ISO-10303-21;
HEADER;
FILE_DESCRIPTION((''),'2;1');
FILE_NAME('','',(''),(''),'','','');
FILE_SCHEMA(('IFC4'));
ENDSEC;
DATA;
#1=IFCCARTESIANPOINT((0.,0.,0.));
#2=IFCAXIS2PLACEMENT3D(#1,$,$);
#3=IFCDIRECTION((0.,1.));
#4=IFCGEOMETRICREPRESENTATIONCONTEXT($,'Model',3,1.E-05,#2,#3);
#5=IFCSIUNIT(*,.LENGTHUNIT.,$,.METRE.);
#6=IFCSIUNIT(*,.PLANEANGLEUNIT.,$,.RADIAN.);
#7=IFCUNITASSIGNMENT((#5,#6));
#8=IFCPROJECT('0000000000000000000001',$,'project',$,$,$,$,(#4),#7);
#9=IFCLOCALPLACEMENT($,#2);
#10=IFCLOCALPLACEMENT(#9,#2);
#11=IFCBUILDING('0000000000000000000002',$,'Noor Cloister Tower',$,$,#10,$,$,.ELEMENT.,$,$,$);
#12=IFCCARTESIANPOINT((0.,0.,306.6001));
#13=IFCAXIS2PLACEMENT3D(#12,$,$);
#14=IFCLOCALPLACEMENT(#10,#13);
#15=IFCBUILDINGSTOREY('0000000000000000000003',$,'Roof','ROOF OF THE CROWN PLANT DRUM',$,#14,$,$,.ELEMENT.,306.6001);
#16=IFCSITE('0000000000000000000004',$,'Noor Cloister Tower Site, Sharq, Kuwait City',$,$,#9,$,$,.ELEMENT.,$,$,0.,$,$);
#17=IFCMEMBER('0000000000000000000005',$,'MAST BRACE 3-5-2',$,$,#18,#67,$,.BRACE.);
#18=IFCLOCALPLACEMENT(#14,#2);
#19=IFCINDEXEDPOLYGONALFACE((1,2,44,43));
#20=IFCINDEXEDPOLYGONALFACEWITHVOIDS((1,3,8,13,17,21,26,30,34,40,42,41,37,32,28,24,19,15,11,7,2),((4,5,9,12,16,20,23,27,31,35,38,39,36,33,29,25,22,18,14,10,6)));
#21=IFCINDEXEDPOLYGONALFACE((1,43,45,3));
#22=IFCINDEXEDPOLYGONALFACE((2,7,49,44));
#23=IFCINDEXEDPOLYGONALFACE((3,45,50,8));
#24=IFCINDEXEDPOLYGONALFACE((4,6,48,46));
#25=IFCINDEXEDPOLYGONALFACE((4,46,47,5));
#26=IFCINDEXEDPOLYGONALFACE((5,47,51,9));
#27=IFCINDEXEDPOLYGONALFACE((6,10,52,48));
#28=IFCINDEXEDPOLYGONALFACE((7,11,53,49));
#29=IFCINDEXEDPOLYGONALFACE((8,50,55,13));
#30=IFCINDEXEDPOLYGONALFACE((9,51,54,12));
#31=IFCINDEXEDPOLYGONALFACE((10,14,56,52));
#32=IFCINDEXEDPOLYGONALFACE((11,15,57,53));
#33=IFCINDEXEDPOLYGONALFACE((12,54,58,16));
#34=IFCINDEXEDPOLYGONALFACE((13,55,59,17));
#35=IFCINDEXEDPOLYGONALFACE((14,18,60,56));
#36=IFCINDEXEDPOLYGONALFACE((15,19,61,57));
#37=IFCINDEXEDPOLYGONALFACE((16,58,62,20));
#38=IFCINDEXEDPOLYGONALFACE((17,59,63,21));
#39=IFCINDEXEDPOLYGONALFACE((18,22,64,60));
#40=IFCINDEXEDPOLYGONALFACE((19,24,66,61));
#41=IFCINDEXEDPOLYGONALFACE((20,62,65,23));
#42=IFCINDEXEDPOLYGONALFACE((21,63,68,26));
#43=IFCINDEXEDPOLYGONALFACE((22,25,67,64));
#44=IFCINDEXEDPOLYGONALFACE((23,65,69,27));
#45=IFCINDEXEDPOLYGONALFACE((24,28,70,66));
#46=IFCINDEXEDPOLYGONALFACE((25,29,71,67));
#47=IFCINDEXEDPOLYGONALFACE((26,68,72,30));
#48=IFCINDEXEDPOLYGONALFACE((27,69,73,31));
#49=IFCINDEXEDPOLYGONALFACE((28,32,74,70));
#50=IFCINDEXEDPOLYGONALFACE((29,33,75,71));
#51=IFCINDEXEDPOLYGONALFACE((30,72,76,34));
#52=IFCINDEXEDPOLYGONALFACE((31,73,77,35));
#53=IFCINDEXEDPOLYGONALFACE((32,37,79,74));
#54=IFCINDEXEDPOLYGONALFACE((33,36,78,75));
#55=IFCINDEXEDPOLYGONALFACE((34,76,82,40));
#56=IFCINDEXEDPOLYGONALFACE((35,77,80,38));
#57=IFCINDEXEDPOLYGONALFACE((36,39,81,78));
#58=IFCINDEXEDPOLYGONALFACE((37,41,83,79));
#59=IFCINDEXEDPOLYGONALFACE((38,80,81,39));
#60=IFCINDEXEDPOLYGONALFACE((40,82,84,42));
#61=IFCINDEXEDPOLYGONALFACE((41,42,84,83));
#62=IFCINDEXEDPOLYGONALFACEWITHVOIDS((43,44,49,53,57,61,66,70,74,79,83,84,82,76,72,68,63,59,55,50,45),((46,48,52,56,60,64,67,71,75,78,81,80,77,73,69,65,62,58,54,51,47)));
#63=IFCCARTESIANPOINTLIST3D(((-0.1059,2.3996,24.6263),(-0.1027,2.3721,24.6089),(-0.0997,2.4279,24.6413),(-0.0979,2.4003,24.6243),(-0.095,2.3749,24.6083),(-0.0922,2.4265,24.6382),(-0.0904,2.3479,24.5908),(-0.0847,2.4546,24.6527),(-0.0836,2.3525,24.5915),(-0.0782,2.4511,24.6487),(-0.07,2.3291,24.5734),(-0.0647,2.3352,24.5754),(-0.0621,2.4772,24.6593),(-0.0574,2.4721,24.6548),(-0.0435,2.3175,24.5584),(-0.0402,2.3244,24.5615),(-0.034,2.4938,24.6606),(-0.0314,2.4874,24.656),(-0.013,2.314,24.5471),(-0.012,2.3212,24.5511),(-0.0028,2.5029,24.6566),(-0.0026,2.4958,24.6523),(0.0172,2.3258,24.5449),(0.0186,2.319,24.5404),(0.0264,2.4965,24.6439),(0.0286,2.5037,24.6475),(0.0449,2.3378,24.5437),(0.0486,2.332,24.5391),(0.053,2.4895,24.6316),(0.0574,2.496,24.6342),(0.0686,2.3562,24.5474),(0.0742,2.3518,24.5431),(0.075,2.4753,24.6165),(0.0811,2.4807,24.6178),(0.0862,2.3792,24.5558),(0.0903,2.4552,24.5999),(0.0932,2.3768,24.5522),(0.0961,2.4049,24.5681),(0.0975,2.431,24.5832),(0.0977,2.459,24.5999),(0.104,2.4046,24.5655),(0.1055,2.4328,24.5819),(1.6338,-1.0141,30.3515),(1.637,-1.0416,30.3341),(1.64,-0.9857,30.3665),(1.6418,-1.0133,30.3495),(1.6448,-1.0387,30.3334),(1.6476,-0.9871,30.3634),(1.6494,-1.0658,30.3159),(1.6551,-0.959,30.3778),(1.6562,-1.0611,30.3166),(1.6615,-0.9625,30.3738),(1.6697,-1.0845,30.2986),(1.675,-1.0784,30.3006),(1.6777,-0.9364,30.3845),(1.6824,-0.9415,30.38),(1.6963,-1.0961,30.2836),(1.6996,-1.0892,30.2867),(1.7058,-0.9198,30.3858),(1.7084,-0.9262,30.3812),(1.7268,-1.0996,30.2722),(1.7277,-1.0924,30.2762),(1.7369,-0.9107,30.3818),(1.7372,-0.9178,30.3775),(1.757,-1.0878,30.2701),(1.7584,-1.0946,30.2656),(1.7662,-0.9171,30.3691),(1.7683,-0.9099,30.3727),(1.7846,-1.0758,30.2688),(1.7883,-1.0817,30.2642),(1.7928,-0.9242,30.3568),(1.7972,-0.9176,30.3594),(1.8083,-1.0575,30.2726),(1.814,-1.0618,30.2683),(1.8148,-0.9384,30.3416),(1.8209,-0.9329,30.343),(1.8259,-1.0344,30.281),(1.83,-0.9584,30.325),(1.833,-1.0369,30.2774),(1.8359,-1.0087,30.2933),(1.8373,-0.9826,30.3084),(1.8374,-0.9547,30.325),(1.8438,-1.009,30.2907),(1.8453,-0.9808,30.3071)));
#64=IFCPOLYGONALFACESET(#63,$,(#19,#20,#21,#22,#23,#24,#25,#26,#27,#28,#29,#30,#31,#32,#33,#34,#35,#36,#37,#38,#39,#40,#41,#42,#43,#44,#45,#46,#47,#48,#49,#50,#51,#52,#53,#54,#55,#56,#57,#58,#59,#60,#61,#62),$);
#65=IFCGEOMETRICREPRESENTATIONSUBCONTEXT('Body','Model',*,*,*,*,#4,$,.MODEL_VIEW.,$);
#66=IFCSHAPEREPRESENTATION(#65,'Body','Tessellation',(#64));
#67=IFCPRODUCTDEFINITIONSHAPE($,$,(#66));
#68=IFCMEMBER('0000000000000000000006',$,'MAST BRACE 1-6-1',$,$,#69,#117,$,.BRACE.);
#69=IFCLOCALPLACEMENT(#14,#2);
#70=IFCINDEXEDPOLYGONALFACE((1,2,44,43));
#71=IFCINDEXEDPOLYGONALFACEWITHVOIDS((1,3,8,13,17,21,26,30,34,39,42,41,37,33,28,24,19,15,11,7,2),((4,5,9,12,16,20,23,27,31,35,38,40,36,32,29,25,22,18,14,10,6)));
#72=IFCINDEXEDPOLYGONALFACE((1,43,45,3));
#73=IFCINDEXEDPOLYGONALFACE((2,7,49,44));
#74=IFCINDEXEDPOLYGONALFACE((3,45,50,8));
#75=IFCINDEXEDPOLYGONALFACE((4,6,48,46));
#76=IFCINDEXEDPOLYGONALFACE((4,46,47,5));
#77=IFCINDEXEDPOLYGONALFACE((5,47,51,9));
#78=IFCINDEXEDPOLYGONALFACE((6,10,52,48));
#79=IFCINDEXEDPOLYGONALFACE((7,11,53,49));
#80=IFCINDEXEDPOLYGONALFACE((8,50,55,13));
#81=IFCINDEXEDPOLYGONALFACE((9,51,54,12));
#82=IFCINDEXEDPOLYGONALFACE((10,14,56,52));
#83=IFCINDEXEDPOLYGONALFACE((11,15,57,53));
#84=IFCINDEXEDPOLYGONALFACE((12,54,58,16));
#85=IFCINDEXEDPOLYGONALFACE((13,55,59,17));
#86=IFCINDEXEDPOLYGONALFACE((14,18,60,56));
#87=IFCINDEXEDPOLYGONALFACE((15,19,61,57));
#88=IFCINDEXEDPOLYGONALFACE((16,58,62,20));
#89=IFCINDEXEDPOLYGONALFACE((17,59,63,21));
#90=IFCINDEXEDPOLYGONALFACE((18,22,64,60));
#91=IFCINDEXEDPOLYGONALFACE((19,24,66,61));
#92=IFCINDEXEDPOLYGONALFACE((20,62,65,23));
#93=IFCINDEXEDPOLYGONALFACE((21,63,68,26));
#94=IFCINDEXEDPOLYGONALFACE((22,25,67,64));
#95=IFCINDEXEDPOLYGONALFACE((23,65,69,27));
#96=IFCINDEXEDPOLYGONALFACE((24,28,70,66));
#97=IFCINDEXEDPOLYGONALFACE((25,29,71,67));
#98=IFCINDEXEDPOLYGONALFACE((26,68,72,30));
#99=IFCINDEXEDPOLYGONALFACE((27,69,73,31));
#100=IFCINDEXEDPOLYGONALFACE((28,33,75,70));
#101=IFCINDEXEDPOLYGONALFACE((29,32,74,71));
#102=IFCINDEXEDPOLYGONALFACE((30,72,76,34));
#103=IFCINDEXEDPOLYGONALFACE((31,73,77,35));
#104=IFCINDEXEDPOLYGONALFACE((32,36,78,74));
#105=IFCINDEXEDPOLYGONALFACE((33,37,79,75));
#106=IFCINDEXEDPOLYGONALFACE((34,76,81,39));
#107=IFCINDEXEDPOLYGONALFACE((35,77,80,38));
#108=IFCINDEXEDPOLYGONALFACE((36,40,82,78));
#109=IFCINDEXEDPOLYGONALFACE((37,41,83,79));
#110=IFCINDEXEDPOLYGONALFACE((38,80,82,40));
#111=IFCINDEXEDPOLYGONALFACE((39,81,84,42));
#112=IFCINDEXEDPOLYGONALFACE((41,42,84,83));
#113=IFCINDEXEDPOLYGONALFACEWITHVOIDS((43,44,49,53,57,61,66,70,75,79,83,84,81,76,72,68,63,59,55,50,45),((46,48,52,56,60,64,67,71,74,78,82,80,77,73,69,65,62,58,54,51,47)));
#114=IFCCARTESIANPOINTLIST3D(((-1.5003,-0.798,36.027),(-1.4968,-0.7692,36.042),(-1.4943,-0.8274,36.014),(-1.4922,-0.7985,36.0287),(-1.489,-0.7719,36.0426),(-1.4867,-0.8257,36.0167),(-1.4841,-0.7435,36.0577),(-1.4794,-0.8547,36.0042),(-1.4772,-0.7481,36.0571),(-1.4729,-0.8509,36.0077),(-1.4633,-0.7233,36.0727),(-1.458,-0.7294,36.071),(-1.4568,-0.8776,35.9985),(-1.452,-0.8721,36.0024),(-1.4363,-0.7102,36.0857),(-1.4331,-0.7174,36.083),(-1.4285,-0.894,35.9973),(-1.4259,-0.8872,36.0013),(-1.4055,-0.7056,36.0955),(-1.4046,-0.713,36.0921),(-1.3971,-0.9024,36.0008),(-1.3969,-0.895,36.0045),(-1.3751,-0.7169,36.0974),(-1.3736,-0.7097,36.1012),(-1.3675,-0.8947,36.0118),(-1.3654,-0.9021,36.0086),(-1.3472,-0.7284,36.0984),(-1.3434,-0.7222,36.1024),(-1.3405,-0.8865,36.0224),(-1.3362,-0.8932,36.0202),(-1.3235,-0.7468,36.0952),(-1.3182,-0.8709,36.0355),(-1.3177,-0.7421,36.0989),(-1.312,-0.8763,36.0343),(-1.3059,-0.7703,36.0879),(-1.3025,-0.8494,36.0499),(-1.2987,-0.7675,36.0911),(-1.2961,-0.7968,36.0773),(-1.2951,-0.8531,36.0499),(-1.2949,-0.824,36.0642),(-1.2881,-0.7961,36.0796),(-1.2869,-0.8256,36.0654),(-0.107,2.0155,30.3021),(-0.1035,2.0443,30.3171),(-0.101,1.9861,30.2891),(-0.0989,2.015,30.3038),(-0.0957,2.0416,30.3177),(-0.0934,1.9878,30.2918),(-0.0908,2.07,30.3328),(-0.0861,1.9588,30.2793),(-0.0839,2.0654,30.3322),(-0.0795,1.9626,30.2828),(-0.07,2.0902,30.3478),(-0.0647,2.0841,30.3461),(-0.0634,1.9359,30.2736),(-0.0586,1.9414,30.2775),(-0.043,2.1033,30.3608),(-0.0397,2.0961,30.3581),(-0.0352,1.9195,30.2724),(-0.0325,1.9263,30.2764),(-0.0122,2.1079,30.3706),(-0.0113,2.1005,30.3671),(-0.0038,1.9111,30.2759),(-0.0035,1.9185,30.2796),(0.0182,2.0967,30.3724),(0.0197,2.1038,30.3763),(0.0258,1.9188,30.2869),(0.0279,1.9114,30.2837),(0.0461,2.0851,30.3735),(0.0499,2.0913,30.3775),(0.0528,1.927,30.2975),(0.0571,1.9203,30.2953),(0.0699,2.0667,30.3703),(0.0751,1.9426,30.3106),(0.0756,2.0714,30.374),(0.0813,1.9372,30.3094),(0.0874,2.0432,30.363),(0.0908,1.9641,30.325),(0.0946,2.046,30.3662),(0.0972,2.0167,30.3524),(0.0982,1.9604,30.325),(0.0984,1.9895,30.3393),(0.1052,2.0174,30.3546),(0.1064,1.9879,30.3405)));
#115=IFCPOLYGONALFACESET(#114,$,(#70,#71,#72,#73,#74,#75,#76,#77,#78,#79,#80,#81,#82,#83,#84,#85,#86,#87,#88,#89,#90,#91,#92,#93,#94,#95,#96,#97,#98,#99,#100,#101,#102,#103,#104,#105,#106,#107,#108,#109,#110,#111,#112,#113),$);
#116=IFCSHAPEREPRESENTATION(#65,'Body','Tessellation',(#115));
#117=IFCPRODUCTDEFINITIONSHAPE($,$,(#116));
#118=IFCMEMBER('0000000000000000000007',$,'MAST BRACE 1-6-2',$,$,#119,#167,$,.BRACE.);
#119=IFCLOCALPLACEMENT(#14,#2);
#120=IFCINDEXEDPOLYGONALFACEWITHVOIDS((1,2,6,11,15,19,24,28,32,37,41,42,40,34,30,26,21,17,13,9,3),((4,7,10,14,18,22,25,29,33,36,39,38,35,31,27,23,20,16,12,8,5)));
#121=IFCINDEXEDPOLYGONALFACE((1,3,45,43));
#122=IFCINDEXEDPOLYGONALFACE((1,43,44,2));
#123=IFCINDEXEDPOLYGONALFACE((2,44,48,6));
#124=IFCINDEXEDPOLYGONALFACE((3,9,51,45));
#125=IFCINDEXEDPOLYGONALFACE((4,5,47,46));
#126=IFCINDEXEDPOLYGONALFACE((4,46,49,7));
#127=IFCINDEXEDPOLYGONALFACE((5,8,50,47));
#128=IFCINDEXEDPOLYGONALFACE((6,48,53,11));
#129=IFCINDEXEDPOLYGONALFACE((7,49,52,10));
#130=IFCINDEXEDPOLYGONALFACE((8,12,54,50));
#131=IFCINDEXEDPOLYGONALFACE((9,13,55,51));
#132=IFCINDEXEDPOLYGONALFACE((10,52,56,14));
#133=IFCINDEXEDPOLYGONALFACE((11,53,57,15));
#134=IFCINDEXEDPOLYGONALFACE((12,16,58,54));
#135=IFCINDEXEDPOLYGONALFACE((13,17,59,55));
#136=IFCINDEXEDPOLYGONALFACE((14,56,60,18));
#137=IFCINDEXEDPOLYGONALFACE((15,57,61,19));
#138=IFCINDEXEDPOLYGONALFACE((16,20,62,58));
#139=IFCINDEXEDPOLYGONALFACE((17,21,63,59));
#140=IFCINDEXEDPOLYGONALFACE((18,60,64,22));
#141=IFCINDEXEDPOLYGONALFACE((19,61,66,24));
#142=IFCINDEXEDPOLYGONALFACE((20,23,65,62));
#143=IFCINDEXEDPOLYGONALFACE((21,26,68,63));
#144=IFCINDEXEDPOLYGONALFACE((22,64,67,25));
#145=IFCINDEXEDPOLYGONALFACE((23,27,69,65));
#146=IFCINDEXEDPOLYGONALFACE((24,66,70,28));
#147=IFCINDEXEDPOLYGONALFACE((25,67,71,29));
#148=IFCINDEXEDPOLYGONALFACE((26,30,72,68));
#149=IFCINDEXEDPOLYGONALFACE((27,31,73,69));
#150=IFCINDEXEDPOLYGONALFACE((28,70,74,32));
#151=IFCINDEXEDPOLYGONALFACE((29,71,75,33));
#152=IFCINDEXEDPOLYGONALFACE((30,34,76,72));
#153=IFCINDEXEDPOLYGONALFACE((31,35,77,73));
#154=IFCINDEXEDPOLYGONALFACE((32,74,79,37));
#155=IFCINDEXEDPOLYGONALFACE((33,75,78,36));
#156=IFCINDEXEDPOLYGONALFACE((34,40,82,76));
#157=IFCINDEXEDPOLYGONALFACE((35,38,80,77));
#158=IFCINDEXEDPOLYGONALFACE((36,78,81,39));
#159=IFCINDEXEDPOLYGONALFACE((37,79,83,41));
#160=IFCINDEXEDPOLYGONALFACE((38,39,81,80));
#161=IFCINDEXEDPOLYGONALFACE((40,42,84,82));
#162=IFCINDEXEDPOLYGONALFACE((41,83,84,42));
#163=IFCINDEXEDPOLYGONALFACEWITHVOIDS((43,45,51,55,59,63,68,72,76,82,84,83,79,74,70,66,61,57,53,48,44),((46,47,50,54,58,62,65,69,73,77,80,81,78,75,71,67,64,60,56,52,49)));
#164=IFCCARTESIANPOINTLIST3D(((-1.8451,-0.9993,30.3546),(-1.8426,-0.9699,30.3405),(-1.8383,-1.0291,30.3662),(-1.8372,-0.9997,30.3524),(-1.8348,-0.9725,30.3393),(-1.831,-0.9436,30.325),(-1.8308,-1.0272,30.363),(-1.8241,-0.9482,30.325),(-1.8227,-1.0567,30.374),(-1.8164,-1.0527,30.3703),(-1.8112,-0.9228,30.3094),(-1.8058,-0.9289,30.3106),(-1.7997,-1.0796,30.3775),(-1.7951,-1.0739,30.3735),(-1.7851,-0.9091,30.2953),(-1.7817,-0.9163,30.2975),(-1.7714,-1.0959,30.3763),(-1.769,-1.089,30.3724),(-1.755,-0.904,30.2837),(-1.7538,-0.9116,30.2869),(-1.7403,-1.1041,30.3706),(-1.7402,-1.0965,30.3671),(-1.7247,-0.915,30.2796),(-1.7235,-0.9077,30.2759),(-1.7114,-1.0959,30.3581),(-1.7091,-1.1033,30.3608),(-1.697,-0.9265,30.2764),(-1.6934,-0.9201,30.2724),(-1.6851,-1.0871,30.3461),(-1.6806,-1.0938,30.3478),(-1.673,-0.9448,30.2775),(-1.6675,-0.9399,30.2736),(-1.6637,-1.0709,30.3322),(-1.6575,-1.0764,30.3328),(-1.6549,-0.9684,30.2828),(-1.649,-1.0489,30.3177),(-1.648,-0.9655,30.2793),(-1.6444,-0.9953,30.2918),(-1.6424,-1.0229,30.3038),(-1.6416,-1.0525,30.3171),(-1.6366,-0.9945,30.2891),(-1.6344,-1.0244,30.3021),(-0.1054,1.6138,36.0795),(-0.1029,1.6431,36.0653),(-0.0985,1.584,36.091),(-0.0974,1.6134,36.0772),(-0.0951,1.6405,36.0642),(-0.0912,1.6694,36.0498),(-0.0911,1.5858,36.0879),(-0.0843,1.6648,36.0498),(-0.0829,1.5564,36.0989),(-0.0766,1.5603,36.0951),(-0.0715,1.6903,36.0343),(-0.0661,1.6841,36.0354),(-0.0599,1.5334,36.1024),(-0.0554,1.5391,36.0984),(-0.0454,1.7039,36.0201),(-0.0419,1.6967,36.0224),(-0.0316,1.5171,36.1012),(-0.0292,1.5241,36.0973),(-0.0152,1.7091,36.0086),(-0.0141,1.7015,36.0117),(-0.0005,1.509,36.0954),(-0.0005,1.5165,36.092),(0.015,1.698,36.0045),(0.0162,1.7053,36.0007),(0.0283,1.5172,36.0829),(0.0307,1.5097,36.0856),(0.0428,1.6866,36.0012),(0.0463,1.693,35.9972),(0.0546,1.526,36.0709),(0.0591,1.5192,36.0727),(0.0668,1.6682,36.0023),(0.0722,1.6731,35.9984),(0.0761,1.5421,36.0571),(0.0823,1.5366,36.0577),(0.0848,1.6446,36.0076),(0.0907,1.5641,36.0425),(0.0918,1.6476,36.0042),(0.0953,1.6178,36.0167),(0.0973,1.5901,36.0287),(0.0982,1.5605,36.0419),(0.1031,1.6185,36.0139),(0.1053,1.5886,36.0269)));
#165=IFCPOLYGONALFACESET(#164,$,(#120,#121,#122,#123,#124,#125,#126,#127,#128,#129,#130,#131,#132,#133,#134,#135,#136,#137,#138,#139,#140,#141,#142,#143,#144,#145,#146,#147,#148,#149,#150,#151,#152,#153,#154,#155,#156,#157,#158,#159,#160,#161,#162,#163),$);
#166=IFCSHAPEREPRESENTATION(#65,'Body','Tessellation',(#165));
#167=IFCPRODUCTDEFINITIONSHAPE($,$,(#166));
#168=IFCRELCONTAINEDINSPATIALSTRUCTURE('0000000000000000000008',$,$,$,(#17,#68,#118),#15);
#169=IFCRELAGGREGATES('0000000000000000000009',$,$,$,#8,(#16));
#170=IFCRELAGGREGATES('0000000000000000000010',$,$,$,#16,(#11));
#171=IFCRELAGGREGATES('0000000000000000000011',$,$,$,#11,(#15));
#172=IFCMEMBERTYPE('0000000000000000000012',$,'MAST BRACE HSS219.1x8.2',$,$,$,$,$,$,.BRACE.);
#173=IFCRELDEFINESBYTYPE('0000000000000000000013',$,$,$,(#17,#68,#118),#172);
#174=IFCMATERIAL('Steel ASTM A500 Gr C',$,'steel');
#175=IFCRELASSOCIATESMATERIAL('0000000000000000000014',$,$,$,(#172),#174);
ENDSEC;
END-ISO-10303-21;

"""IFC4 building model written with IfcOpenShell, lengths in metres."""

from ifc_helpers import new_model, si_unit, direction, frame, origin, origin_2d, place, context, subcontext, project, spatial, hollow_circle, extrude, material, material_profile, profile_set, type_object, element, save


model = new_model("IFC4")

# Units and contexts
model_context = context("Model", 3, precision=1e-05, world=origin(), true_north=direction((0.0, 1.0)))
body_context = subcontext(model_context, "Body", "Model", "MODEL_VIEW")
ifc_project = project(units=[si_unit("LENGTHUNIT", "METRE"), si_unit("PLANEANGLEUNIT", "RADIAN")], contexts=[model_context])

# Site, building, storey
site_placement = place(None, origin())
site = spatial("IfcSite", under=ifc_project, at=site_placement, Name="Noor Cloister Tower Site, Sharq, Kuwait City", CompositionType="ELEMENT", RefElevation=0.0)
building_placement = place(site_placement, origin())
building = spatial("IfcBuilding", under=site, at=building_placement, Name="Noor Cloister Tower", CompositionType="ELEMENT")
storey_placement = place(building_placement, frame((0.0, 0.0, 306.6001)))
storey = spatial("IfcBuildingStorey", under=building, at=storey_placement, Name="Roof", Description="ROOF OF THE CROWN PLANT DRUM", CompositionType="ELEMENT", Elevation=306.6001)

# Members
ifc_material_1 = material(Name="Steel ASTM A500 Gr C", Category="steel")
ifc_material_profile_1 = material_profile(ifc_material_1, hollow_circle(Radius=0.1096, WallThickness=0.0083, at=origin_2d()), Name="HSS219.1x8.2")
ifc_profile_set_1 = profile_set([ifc_material_profile_1], Name="Steel ASTM A500 Gr C")
member_type_1 = type_object("IfcMemberType", Name="MAST BRACE HSS219.1x8.2", PredefinedType="BRACE", material=ifc_profile_set_1)
for number, where, z_axis, x_axis, name in (
    (1, (0.0, 2.4092, 24.5999), (0.252546, -0.495523, 0.83107), (0.89096, 0.454082, 0.0), "MAST BRACE 3-5-2"),
):
    element("IfcMember", number, at=place(storey_placement, frame(where, z_axis=z_axis, x_axis=x_axis)), inside=storey, type_object=member_type_1, Name=name, PredefinedType="BRACE", context=body_context, shape_type="SweptSolid", body=[
        extrude(hollow_circle(Radius=0.1096, WallThickness=0.0083, at=origin_2d()), origin(), (0.0, 0.0, 1.0), 6.8889),
    ])
member_1_placement = place(storey_placement, frame((0.0, 2.009, 30.325), z_axis=(-0.213396, -0.430904, 0.876803), x_axis=(0.896131, -0.443789, 0.0)))
element("IfcMember", 2, at=member_1_placement, inside=storey, type_object=member_type_1, Name="MAST BRACE 1-6-1", PredefinedType="BRACE", context=body_context, shape_type="SweptSolid", body=[
    extrude(hollow_circle(Radius=0.1096, WallThickness=0.0083, at=origin_2d()), origin(), (0.0, 0.0, 1.0), 6.5293),
])
for number, where, z_axis, x_axis, name in (
    (3, (-1.7397, -1.0044, 30.325), (0.266462, 0.400216, 0.876827), (-0.832385, 0.554198, 0.0), "MAST BRACE 1-6-2"),
):
    element("IfcMember", number, at=place(storey_placement, frame(where, z_axis=z_axis, x_axis=x_axis)), inside=storey, type_object=member_type_1, Name=name, PredefinedType="BRACE", context=body_context, shape_type="SweptSolid", body=[
        extrude(hollow_circle(Radius=0.1096, WallThickness=0.0083, at=origin_2d()), origin(), (0.0, 0.0, 1.0), 6.5291),
    ])

save(model, "model.ifc")
